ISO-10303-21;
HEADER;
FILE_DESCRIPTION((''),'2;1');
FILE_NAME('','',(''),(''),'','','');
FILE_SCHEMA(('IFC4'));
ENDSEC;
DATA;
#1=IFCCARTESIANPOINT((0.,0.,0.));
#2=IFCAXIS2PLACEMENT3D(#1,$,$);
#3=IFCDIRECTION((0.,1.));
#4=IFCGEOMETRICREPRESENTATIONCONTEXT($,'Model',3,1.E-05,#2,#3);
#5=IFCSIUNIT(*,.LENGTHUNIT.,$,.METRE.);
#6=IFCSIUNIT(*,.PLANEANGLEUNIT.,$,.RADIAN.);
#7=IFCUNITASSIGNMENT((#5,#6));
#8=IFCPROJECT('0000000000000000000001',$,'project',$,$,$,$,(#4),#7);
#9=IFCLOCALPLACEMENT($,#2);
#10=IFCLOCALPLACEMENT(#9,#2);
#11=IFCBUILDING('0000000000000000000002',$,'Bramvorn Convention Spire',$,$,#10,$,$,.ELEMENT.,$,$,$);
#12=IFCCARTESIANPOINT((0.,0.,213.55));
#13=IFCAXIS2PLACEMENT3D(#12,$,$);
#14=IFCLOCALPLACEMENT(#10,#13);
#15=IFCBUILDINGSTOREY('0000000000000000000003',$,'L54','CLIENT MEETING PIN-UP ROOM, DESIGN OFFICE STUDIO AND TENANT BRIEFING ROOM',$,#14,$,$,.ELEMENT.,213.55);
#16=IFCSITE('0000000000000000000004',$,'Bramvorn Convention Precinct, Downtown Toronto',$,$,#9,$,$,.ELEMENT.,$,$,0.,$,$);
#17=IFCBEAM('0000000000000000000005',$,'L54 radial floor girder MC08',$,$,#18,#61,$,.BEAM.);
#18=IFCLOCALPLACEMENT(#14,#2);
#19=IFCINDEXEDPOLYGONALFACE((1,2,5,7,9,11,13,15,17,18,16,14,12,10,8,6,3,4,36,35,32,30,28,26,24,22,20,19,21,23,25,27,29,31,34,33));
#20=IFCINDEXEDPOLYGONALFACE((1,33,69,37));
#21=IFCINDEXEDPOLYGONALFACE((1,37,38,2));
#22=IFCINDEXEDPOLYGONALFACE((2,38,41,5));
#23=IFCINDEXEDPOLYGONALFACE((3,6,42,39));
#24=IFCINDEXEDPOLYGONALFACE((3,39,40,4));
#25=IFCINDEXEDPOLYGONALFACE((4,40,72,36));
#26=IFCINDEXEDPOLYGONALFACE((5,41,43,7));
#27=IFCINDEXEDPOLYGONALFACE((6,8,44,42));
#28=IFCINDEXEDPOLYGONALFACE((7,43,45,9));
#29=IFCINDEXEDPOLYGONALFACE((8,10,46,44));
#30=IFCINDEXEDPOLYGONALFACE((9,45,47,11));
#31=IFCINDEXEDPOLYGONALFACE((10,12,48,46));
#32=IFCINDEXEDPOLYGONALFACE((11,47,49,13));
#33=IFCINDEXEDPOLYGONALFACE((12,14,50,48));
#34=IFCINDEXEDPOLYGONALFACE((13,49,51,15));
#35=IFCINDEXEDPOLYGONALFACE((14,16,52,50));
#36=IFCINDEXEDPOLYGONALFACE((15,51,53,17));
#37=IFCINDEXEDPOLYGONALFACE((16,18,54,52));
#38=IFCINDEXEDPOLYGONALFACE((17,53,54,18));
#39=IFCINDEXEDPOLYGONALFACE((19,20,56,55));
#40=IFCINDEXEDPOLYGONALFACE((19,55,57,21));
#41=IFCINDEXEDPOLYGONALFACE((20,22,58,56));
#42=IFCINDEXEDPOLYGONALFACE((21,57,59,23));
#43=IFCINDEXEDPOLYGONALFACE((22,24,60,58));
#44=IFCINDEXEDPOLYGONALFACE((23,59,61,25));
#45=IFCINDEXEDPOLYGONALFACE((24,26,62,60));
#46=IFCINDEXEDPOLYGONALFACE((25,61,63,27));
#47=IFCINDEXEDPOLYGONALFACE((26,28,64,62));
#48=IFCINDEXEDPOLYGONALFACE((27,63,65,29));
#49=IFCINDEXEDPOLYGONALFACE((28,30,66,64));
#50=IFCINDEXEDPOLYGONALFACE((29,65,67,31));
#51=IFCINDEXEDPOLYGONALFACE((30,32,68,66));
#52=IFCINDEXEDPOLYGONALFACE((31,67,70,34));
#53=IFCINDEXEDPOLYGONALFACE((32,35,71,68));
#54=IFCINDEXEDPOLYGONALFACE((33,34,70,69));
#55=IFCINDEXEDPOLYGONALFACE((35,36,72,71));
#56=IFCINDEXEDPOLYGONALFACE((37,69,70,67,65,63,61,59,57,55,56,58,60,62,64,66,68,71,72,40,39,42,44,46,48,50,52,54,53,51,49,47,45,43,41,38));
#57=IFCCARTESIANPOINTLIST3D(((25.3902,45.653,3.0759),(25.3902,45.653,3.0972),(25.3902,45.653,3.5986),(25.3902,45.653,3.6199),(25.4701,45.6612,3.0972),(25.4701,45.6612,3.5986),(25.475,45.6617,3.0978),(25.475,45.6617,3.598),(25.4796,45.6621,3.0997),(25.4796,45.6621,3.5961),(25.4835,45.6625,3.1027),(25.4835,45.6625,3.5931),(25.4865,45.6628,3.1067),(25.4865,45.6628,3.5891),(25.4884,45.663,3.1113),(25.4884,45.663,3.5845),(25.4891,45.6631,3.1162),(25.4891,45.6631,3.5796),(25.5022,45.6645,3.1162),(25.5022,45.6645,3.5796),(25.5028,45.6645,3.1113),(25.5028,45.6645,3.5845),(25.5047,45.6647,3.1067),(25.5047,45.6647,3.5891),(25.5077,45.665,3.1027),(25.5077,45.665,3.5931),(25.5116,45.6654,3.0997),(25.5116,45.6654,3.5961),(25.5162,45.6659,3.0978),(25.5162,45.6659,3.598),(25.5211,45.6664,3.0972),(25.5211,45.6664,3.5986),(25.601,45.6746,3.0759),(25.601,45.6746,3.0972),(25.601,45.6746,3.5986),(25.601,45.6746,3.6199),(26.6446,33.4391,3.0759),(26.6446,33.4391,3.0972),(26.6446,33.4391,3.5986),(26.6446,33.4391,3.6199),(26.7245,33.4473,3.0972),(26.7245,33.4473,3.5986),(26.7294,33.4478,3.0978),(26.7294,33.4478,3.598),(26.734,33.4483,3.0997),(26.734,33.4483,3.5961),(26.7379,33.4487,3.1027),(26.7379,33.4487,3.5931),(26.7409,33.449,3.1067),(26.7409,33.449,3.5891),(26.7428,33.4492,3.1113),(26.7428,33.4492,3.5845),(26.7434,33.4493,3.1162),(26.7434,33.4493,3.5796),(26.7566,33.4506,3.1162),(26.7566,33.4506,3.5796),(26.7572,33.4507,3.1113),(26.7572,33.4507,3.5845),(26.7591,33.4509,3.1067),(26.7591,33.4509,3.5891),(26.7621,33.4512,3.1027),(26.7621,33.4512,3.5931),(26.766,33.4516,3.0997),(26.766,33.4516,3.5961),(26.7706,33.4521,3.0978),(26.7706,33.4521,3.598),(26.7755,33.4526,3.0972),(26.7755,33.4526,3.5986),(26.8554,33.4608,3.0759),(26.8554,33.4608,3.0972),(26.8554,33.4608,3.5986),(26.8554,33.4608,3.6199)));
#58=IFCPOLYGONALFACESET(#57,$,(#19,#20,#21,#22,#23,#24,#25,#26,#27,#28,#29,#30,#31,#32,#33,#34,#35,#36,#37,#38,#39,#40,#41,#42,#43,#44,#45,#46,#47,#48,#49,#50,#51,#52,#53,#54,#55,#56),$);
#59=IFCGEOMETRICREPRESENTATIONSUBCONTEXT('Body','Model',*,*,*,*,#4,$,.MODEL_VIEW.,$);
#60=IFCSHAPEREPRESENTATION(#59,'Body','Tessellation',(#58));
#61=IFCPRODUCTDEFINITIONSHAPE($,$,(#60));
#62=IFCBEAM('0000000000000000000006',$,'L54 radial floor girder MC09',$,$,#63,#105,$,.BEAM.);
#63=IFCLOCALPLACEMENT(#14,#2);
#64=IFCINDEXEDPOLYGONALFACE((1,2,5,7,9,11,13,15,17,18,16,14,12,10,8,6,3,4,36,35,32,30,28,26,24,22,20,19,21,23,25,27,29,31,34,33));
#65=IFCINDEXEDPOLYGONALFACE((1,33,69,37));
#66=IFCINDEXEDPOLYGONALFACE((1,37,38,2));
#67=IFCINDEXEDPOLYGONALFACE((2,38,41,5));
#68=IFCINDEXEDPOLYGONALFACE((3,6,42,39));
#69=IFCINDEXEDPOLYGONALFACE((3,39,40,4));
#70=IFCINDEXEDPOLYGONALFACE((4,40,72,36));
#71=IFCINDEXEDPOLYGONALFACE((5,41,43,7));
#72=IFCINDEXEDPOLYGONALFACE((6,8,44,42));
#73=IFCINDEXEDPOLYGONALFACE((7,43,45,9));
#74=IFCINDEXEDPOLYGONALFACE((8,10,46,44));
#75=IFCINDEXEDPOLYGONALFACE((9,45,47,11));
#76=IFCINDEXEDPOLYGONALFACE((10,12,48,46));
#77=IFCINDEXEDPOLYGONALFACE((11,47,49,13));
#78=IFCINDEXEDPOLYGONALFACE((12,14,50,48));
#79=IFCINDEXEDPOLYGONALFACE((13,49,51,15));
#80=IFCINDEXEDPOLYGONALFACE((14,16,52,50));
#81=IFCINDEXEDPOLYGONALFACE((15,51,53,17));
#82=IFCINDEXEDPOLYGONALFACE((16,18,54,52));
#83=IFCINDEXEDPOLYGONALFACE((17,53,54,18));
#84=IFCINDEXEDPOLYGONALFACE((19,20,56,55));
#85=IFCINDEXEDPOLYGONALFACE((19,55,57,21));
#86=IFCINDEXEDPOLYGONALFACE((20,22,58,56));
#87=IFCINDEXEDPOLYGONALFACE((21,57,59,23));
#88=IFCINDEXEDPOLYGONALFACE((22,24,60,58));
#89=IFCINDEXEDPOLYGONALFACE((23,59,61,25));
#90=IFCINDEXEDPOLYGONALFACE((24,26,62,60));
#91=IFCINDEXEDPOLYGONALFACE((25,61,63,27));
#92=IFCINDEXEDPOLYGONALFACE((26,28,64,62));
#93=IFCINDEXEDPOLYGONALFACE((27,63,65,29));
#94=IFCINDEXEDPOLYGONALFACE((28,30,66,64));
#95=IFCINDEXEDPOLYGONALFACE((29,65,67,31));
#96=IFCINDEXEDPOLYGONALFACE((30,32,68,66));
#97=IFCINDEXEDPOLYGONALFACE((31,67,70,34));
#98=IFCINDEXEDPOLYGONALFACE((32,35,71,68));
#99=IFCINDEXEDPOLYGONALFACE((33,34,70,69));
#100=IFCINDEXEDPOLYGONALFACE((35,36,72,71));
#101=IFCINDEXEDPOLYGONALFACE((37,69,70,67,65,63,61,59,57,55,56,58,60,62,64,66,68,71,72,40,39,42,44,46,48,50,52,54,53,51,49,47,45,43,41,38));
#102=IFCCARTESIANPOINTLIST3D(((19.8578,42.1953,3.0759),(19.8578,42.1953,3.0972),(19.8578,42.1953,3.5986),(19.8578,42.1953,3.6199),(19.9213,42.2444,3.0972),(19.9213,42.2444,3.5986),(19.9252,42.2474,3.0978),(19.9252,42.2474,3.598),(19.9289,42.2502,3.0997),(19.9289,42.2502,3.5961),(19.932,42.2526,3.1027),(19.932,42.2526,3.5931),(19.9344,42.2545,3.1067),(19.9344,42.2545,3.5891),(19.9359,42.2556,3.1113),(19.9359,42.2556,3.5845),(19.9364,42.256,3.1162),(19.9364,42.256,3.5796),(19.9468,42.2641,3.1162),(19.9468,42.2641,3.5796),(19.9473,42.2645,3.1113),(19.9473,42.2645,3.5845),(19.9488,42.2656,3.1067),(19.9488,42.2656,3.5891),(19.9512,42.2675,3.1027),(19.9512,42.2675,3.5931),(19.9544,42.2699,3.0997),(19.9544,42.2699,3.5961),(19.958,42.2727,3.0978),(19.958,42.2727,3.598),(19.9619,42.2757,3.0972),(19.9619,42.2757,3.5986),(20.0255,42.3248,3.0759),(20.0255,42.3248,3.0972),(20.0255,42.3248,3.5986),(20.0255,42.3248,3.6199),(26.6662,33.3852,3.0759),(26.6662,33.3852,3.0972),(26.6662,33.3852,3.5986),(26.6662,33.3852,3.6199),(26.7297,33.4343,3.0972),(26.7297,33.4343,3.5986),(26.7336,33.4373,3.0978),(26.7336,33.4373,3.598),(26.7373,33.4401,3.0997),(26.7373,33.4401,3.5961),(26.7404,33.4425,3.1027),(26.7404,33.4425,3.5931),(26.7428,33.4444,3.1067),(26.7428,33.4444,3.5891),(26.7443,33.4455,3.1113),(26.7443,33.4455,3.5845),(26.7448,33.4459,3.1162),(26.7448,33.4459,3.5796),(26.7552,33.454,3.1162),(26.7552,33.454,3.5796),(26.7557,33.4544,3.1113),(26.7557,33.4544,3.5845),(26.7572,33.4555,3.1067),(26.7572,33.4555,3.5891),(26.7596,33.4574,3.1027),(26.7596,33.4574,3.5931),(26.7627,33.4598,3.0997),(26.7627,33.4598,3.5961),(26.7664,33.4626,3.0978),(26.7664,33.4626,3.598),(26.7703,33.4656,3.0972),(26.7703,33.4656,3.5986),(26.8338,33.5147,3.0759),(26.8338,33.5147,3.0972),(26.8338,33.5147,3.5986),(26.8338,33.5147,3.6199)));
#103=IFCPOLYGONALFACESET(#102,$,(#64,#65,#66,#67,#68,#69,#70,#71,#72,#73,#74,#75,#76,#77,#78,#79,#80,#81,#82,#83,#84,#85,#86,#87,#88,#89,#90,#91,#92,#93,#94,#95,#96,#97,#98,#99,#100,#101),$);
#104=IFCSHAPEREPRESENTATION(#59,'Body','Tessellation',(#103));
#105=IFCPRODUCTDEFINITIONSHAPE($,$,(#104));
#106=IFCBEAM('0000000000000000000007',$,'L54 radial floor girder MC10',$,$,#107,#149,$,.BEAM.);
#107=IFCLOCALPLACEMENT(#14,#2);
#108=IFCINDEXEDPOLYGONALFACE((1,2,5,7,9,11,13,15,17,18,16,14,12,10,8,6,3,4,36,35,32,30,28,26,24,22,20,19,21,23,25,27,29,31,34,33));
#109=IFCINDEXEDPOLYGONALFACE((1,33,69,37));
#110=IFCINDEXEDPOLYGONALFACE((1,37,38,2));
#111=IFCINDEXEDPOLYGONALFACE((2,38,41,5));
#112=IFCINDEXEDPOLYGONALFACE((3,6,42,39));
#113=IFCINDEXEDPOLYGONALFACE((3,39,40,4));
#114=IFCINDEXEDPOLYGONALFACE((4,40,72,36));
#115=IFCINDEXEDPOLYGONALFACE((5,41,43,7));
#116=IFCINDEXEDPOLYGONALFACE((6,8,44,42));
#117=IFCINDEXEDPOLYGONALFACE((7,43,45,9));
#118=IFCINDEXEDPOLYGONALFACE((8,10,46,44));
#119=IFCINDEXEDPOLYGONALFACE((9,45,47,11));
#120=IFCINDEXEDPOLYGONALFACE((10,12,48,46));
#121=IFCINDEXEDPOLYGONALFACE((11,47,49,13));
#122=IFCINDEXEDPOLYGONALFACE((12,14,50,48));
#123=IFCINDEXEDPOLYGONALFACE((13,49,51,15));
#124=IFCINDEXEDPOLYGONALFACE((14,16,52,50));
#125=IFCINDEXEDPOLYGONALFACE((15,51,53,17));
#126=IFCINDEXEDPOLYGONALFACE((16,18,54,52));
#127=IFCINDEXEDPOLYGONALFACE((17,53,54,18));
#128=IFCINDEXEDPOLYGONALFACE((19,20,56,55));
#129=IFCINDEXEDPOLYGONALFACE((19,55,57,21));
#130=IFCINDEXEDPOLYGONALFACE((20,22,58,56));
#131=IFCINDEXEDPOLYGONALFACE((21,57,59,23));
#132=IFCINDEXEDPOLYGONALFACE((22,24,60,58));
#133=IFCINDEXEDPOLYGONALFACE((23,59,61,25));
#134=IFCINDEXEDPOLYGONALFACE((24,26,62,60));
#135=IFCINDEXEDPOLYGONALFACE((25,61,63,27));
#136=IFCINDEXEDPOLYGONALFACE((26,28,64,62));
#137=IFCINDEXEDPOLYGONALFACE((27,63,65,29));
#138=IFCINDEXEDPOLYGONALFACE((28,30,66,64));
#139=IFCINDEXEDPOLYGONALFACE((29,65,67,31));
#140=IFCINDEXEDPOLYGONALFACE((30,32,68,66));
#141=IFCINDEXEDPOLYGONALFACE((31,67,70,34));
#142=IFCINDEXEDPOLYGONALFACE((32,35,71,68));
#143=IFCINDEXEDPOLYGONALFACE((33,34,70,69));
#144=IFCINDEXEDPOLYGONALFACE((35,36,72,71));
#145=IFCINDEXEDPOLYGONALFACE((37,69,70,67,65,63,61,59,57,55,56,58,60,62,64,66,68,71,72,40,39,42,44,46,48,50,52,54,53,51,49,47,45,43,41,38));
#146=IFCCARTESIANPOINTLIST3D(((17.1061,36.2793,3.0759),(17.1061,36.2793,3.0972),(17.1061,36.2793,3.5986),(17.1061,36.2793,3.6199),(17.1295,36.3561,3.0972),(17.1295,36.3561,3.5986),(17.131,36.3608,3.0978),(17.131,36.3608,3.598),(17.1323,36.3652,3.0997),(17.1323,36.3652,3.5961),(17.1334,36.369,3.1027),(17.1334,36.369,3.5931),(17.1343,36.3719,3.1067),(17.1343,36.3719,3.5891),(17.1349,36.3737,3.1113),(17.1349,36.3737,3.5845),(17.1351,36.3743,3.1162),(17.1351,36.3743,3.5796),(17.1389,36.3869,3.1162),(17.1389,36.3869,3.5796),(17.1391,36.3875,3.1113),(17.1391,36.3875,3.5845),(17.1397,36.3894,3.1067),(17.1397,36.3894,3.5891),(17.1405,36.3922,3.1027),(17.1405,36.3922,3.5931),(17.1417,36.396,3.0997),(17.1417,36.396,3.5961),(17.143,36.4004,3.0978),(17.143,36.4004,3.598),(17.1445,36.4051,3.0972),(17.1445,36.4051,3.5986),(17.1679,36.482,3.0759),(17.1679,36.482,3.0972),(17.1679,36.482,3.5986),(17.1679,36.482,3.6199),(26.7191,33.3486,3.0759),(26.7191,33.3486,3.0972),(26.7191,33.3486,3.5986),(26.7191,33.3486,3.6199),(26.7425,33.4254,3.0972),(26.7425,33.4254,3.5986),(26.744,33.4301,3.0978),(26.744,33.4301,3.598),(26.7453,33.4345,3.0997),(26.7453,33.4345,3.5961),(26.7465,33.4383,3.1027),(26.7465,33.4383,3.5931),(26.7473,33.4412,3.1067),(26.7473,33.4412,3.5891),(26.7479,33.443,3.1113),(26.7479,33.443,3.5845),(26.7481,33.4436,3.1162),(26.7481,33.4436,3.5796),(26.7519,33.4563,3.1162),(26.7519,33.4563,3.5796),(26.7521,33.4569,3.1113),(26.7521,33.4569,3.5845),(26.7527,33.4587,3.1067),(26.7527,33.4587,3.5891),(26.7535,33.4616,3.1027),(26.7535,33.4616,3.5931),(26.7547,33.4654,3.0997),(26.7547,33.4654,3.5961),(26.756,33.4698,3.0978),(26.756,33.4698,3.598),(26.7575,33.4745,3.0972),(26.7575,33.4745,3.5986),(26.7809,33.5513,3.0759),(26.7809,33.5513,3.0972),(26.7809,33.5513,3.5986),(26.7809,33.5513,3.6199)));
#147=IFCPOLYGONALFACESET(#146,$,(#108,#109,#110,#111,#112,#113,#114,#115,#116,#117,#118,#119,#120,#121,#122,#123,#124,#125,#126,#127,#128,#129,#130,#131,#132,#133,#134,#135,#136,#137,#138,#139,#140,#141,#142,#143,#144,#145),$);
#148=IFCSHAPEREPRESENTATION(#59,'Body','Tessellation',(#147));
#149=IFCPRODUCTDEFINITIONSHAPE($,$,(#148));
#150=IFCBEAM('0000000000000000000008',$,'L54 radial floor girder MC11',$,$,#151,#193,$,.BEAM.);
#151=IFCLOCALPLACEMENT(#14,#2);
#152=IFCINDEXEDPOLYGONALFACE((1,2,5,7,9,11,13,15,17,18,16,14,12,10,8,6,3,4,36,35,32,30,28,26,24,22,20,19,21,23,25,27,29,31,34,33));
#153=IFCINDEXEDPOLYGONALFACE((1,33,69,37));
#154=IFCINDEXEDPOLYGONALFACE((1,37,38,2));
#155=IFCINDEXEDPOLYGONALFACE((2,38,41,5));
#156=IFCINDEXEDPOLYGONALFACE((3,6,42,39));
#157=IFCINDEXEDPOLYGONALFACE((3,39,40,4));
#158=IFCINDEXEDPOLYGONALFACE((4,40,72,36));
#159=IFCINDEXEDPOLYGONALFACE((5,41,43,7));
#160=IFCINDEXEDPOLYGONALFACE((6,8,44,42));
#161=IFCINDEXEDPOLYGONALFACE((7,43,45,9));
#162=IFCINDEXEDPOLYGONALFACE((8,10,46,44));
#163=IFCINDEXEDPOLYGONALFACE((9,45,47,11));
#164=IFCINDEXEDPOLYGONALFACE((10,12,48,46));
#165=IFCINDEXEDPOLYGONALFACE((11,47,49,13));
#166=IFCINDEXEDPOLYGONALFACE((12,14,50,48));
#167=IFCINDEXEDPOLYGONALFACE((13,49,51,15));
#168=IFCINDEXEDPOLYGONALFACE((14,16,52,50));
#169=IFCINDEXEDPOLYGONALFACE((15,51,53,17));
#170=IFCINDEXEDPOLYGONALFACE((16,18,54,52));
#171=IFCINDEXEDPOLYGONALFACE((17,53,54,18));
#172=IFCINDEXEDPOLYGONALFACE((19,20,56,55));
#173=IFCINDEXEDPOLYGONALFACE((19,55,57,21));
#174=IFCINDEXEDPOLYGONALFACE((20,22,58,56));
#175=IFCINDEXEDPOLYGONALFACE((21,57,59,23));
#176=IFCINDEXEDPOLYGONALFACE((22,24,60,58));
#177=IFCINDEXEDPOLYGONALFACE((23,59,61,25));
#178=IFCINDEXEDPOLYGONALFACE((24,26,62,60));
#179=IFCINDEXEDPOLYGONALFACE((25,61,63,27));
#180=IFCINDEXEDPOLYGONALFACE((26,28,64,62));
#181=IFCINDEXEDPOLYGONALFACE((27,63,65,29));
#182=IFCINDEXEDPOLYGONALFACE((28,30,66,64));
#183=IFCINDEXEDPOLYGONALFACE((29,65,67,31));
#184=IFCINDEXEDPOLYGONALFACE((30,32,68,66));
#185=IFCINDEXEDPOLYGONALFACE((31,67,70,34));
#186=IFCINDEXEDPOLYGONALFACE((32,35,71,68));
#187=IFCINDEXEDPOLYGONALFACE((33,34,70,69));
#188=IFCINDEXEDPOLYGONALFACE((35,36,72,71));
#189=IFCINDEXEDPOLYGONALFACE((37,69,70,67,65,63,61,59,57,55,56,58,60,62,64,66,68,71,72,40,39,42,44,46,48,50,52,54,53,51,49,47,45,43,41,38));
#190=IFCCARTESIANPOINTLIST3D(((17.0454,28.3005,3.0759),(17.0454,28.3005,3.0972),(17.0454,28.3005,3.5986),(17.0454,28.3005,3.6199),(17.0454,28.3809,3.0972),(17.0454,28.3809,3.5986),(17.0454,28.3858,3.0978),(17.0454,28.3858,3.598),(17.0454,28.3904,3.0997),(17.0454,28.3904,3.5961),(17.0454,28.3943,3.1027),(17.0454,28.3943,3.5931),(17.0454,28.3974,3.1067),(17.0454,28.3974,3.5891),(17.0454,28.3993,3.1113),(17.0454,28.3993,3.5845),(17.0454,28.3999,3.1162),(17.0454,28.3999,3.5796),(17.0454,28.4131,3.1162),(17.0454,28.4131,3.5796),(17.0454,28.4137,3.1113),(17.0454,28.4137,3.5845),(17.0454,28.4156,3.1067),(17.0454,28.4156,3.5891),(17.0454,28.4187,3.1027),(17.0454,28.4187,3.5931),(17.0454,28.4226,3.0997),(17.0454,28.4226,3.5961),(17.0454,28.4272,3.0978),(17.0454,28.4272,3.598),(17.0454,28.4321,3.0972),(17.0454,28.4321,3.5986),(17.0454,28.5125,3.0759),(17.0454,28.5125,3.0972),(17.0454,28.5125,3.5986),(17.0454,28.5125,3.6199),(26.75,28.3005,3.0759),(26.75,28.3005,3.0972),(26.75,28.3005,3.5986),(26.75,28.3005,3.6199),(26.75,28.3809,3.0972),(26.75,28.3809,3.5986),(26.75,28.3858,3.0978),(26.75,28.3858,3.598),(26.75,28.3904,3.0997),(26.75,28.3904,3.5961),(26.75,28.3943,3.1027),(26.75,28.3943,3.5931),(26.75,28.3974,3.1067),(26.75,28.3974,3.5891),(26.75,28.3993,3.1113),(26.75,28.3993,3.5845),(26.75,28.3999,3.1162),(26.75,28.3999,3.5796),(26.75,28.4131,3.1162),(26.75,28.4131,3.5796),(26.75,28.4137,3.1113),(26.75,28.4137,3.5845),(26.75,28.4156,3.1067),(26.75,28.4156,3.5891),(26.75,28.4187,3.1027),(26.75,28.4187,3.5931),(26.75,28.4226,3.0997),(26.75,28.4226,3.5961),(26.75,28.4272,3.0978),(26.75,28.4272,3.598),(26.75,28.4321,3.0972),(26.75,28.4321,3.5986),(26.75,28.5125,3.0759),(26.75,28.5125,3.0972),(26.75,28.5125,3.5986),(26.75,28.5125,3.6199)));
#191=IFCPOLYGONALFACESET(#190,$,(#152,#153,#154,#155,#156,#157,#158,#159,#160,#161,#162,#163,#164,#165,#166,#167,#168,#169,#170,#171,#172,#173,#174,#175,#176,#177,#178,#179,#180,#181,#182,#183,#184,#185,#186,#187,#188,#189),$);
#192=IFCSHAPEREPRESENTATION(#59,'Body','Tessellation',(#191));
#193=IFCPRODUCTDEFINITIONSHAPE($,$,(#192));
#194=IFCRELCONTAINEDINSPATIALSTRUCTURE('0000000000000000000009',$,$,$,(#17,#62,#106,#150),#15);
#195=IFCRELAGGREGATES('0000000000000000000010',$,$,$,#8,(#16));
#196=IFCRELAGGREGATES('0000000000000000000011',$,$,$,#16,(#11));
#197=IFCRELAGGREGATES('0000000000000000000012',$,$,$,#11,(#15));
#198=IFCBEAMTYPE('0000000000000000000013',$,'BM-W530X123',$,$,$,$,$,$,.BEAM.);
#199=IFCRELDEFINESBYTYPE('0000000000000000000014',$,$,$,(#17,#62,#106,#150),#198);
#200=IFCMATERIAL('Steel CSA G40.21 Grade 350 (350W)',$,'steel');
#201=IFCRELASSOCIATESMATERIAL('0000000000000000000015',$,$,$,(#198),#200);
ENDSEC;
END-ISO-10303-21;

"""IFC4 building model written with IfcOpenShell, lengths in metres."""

from ifc_helpers import new_model, si_unit, direction, frame, origin, origin_2d, place, context, subcontext, project, spatial, i_section, extrude, material, material_profile, profile_set, type_object, element, save


model = new_model("IFC4")

# Units and contexts
model_context = context("Model", 3, precision=1e-05, world=origin(), true_north=direction((0.0, 1.0)))
body_context = subcontext(model_context, "Body", "Model", "MODEL_VIEW")
ifc_project = project(units=[si_unit("LENGTHUNIT", "METRE"), si_unit("PLANEANGLEUNIT", "RADIAN")], contexts=[model_context])

# Site, building, storey
site_placement = place(None, origin())
site = spatial("IfcSite", under=ifc_project, at=site_placement, Name="Bramvorn Convention Precinct, Downtown Toronto", CompositionType="ELEMENT", RefElevation=0.0)
building_placement = place(site_placement, origin())
building = spatial("IfcBuilding", under=site, at=building_placement, Name="Bramvorn Convention Spire", CompositionType="ELEMENT")
storey_placement = place(building_placement, frame((0.0, 0.0, 213.55)))
storey = spatial("IfcBuildingStorey", under=building, at=storey_placement, Name="L54", Description="CLIENT MEETING PIN-UP ROOM, DESIGN OFFICE STUDIO AND TENANT BRIEFING ROOM", CompositionType="ELEMENT", Elevation=213.55)

# Shared definitions
ifc_material_1 = material(Name="Steel CSA G40.21 Grade 350 (350W)", Category="steel")

# Beams
ifc_material_profile_1 = material_profile(ifc_material_1, i_section(OverallWidth=0.2119, OverallDepth=0.5439, WebThickness=0.0132, FlangeThickness=0.0212, FilletRadius=0.019, at=origin_2d()))
ifc_profile_set_1 = profile_set([ifc_material_profile_1], Name="Steel CSA G40.21 Grade 350 (350W) - W530X123")
beam_type_1 = type_object("IfcBeamType", Name="BM-W530X123", PredefinedType="BEAM", material=ifc_profile_set_1)
beam_1_placement = place(storey_placement, frame((26.75, 33.45, 3.3479), z_axis=(-0.102165, 0.994767, 0.0), x_axis=(-0.994767, -0.102165, 0.0)))
element("IfcBeam", 1, at=beam_1_placement, inside=storey, type_object=beam_type_1, Name="L54 radial floor girder MC08", PredefinedType="BEAM", context=body_context, shape_type="SweptSolid", body=[
    extrude(i_section(OverallWidth=0.2119, OverallDepth=0.5439, WebThickness=0.0132, FlangeThickness=0.0212, FilletRadius=0.019, at=origin_2d()), origin(), (0.0, 0.0, 1.0), 12.2781),
])
beam_2_placement = place(storey_placement, frame((26.75, 33.45, 3.3479), z_axis=(-0.61148, 0.79126, 0.0), x_axis=(-0.79126, -0.61148, 0.0)))
element("IfcBeam", 2, at=beam_2_placement, inside=storey, type_object=beam_type_1, Name="L54 radial floor girder MC09", PredefinedType="BEAM", context=body_context, shape_type="SweptSolid", body=[
    extrude(i_section(OverallWidth=0.2119, OverallDepth=0.5439, WebThickness=0.0132, FlangeThickness=0.0212, FilletRadius=0.019, at=origin_2d()), origin(), (0.0, 0.0, 1.0), 11.1343),
])
beam_3_placement = place(storey_placement, frame((26.75, 33.45, 3.3479), z_axis=(-0.956536, 0.291613, 0.0), x_axis=(-0.291613, -0.956536, 0.0)))
element("IfcBeam", 3, at=beam_3_placement, inside=storey, type_object=beam_type_1, Name="L54 radial floor girder MC10", PredefinedType="BEAM", context=body_context, shape_type="SweptSolid", body=[
    extrude(i_section(OverallWidth=0.2119, OverallDepth=0.5439, WebThickness=0.0132, FlangeThickness=0.0212, FilletRadius=0.019, at=origin_2d()), origin(), (0.0, 0.0, 1.0), 10.0498),
])
beam_4_placement = place(storey_placement, frame((26.75, 28.4065, 3.3479), z_axis=(-1.0, 0.0, 0.0), x_axis=(0.0, -1.0, 0.0)))
element("IfcBeam", 4, at=beam_4_placement, inside=storey, type_object=beam_type_1, Name="L54 radial floor girder MC11", PredefinedType="BEAM", context=body_context, shape_type="SweptSolid", body=[
    extrude(i_section(OverallWidth=0.2119, OverallDepth=0.5439, WebThickness=0.0132, FlangeThickness=0.0212, FilletRadius=0.019, at=origin_2d()), origin(), (0.0, 0.0, 1.0), 9.7046),
])

save(model, "model.ifc")
